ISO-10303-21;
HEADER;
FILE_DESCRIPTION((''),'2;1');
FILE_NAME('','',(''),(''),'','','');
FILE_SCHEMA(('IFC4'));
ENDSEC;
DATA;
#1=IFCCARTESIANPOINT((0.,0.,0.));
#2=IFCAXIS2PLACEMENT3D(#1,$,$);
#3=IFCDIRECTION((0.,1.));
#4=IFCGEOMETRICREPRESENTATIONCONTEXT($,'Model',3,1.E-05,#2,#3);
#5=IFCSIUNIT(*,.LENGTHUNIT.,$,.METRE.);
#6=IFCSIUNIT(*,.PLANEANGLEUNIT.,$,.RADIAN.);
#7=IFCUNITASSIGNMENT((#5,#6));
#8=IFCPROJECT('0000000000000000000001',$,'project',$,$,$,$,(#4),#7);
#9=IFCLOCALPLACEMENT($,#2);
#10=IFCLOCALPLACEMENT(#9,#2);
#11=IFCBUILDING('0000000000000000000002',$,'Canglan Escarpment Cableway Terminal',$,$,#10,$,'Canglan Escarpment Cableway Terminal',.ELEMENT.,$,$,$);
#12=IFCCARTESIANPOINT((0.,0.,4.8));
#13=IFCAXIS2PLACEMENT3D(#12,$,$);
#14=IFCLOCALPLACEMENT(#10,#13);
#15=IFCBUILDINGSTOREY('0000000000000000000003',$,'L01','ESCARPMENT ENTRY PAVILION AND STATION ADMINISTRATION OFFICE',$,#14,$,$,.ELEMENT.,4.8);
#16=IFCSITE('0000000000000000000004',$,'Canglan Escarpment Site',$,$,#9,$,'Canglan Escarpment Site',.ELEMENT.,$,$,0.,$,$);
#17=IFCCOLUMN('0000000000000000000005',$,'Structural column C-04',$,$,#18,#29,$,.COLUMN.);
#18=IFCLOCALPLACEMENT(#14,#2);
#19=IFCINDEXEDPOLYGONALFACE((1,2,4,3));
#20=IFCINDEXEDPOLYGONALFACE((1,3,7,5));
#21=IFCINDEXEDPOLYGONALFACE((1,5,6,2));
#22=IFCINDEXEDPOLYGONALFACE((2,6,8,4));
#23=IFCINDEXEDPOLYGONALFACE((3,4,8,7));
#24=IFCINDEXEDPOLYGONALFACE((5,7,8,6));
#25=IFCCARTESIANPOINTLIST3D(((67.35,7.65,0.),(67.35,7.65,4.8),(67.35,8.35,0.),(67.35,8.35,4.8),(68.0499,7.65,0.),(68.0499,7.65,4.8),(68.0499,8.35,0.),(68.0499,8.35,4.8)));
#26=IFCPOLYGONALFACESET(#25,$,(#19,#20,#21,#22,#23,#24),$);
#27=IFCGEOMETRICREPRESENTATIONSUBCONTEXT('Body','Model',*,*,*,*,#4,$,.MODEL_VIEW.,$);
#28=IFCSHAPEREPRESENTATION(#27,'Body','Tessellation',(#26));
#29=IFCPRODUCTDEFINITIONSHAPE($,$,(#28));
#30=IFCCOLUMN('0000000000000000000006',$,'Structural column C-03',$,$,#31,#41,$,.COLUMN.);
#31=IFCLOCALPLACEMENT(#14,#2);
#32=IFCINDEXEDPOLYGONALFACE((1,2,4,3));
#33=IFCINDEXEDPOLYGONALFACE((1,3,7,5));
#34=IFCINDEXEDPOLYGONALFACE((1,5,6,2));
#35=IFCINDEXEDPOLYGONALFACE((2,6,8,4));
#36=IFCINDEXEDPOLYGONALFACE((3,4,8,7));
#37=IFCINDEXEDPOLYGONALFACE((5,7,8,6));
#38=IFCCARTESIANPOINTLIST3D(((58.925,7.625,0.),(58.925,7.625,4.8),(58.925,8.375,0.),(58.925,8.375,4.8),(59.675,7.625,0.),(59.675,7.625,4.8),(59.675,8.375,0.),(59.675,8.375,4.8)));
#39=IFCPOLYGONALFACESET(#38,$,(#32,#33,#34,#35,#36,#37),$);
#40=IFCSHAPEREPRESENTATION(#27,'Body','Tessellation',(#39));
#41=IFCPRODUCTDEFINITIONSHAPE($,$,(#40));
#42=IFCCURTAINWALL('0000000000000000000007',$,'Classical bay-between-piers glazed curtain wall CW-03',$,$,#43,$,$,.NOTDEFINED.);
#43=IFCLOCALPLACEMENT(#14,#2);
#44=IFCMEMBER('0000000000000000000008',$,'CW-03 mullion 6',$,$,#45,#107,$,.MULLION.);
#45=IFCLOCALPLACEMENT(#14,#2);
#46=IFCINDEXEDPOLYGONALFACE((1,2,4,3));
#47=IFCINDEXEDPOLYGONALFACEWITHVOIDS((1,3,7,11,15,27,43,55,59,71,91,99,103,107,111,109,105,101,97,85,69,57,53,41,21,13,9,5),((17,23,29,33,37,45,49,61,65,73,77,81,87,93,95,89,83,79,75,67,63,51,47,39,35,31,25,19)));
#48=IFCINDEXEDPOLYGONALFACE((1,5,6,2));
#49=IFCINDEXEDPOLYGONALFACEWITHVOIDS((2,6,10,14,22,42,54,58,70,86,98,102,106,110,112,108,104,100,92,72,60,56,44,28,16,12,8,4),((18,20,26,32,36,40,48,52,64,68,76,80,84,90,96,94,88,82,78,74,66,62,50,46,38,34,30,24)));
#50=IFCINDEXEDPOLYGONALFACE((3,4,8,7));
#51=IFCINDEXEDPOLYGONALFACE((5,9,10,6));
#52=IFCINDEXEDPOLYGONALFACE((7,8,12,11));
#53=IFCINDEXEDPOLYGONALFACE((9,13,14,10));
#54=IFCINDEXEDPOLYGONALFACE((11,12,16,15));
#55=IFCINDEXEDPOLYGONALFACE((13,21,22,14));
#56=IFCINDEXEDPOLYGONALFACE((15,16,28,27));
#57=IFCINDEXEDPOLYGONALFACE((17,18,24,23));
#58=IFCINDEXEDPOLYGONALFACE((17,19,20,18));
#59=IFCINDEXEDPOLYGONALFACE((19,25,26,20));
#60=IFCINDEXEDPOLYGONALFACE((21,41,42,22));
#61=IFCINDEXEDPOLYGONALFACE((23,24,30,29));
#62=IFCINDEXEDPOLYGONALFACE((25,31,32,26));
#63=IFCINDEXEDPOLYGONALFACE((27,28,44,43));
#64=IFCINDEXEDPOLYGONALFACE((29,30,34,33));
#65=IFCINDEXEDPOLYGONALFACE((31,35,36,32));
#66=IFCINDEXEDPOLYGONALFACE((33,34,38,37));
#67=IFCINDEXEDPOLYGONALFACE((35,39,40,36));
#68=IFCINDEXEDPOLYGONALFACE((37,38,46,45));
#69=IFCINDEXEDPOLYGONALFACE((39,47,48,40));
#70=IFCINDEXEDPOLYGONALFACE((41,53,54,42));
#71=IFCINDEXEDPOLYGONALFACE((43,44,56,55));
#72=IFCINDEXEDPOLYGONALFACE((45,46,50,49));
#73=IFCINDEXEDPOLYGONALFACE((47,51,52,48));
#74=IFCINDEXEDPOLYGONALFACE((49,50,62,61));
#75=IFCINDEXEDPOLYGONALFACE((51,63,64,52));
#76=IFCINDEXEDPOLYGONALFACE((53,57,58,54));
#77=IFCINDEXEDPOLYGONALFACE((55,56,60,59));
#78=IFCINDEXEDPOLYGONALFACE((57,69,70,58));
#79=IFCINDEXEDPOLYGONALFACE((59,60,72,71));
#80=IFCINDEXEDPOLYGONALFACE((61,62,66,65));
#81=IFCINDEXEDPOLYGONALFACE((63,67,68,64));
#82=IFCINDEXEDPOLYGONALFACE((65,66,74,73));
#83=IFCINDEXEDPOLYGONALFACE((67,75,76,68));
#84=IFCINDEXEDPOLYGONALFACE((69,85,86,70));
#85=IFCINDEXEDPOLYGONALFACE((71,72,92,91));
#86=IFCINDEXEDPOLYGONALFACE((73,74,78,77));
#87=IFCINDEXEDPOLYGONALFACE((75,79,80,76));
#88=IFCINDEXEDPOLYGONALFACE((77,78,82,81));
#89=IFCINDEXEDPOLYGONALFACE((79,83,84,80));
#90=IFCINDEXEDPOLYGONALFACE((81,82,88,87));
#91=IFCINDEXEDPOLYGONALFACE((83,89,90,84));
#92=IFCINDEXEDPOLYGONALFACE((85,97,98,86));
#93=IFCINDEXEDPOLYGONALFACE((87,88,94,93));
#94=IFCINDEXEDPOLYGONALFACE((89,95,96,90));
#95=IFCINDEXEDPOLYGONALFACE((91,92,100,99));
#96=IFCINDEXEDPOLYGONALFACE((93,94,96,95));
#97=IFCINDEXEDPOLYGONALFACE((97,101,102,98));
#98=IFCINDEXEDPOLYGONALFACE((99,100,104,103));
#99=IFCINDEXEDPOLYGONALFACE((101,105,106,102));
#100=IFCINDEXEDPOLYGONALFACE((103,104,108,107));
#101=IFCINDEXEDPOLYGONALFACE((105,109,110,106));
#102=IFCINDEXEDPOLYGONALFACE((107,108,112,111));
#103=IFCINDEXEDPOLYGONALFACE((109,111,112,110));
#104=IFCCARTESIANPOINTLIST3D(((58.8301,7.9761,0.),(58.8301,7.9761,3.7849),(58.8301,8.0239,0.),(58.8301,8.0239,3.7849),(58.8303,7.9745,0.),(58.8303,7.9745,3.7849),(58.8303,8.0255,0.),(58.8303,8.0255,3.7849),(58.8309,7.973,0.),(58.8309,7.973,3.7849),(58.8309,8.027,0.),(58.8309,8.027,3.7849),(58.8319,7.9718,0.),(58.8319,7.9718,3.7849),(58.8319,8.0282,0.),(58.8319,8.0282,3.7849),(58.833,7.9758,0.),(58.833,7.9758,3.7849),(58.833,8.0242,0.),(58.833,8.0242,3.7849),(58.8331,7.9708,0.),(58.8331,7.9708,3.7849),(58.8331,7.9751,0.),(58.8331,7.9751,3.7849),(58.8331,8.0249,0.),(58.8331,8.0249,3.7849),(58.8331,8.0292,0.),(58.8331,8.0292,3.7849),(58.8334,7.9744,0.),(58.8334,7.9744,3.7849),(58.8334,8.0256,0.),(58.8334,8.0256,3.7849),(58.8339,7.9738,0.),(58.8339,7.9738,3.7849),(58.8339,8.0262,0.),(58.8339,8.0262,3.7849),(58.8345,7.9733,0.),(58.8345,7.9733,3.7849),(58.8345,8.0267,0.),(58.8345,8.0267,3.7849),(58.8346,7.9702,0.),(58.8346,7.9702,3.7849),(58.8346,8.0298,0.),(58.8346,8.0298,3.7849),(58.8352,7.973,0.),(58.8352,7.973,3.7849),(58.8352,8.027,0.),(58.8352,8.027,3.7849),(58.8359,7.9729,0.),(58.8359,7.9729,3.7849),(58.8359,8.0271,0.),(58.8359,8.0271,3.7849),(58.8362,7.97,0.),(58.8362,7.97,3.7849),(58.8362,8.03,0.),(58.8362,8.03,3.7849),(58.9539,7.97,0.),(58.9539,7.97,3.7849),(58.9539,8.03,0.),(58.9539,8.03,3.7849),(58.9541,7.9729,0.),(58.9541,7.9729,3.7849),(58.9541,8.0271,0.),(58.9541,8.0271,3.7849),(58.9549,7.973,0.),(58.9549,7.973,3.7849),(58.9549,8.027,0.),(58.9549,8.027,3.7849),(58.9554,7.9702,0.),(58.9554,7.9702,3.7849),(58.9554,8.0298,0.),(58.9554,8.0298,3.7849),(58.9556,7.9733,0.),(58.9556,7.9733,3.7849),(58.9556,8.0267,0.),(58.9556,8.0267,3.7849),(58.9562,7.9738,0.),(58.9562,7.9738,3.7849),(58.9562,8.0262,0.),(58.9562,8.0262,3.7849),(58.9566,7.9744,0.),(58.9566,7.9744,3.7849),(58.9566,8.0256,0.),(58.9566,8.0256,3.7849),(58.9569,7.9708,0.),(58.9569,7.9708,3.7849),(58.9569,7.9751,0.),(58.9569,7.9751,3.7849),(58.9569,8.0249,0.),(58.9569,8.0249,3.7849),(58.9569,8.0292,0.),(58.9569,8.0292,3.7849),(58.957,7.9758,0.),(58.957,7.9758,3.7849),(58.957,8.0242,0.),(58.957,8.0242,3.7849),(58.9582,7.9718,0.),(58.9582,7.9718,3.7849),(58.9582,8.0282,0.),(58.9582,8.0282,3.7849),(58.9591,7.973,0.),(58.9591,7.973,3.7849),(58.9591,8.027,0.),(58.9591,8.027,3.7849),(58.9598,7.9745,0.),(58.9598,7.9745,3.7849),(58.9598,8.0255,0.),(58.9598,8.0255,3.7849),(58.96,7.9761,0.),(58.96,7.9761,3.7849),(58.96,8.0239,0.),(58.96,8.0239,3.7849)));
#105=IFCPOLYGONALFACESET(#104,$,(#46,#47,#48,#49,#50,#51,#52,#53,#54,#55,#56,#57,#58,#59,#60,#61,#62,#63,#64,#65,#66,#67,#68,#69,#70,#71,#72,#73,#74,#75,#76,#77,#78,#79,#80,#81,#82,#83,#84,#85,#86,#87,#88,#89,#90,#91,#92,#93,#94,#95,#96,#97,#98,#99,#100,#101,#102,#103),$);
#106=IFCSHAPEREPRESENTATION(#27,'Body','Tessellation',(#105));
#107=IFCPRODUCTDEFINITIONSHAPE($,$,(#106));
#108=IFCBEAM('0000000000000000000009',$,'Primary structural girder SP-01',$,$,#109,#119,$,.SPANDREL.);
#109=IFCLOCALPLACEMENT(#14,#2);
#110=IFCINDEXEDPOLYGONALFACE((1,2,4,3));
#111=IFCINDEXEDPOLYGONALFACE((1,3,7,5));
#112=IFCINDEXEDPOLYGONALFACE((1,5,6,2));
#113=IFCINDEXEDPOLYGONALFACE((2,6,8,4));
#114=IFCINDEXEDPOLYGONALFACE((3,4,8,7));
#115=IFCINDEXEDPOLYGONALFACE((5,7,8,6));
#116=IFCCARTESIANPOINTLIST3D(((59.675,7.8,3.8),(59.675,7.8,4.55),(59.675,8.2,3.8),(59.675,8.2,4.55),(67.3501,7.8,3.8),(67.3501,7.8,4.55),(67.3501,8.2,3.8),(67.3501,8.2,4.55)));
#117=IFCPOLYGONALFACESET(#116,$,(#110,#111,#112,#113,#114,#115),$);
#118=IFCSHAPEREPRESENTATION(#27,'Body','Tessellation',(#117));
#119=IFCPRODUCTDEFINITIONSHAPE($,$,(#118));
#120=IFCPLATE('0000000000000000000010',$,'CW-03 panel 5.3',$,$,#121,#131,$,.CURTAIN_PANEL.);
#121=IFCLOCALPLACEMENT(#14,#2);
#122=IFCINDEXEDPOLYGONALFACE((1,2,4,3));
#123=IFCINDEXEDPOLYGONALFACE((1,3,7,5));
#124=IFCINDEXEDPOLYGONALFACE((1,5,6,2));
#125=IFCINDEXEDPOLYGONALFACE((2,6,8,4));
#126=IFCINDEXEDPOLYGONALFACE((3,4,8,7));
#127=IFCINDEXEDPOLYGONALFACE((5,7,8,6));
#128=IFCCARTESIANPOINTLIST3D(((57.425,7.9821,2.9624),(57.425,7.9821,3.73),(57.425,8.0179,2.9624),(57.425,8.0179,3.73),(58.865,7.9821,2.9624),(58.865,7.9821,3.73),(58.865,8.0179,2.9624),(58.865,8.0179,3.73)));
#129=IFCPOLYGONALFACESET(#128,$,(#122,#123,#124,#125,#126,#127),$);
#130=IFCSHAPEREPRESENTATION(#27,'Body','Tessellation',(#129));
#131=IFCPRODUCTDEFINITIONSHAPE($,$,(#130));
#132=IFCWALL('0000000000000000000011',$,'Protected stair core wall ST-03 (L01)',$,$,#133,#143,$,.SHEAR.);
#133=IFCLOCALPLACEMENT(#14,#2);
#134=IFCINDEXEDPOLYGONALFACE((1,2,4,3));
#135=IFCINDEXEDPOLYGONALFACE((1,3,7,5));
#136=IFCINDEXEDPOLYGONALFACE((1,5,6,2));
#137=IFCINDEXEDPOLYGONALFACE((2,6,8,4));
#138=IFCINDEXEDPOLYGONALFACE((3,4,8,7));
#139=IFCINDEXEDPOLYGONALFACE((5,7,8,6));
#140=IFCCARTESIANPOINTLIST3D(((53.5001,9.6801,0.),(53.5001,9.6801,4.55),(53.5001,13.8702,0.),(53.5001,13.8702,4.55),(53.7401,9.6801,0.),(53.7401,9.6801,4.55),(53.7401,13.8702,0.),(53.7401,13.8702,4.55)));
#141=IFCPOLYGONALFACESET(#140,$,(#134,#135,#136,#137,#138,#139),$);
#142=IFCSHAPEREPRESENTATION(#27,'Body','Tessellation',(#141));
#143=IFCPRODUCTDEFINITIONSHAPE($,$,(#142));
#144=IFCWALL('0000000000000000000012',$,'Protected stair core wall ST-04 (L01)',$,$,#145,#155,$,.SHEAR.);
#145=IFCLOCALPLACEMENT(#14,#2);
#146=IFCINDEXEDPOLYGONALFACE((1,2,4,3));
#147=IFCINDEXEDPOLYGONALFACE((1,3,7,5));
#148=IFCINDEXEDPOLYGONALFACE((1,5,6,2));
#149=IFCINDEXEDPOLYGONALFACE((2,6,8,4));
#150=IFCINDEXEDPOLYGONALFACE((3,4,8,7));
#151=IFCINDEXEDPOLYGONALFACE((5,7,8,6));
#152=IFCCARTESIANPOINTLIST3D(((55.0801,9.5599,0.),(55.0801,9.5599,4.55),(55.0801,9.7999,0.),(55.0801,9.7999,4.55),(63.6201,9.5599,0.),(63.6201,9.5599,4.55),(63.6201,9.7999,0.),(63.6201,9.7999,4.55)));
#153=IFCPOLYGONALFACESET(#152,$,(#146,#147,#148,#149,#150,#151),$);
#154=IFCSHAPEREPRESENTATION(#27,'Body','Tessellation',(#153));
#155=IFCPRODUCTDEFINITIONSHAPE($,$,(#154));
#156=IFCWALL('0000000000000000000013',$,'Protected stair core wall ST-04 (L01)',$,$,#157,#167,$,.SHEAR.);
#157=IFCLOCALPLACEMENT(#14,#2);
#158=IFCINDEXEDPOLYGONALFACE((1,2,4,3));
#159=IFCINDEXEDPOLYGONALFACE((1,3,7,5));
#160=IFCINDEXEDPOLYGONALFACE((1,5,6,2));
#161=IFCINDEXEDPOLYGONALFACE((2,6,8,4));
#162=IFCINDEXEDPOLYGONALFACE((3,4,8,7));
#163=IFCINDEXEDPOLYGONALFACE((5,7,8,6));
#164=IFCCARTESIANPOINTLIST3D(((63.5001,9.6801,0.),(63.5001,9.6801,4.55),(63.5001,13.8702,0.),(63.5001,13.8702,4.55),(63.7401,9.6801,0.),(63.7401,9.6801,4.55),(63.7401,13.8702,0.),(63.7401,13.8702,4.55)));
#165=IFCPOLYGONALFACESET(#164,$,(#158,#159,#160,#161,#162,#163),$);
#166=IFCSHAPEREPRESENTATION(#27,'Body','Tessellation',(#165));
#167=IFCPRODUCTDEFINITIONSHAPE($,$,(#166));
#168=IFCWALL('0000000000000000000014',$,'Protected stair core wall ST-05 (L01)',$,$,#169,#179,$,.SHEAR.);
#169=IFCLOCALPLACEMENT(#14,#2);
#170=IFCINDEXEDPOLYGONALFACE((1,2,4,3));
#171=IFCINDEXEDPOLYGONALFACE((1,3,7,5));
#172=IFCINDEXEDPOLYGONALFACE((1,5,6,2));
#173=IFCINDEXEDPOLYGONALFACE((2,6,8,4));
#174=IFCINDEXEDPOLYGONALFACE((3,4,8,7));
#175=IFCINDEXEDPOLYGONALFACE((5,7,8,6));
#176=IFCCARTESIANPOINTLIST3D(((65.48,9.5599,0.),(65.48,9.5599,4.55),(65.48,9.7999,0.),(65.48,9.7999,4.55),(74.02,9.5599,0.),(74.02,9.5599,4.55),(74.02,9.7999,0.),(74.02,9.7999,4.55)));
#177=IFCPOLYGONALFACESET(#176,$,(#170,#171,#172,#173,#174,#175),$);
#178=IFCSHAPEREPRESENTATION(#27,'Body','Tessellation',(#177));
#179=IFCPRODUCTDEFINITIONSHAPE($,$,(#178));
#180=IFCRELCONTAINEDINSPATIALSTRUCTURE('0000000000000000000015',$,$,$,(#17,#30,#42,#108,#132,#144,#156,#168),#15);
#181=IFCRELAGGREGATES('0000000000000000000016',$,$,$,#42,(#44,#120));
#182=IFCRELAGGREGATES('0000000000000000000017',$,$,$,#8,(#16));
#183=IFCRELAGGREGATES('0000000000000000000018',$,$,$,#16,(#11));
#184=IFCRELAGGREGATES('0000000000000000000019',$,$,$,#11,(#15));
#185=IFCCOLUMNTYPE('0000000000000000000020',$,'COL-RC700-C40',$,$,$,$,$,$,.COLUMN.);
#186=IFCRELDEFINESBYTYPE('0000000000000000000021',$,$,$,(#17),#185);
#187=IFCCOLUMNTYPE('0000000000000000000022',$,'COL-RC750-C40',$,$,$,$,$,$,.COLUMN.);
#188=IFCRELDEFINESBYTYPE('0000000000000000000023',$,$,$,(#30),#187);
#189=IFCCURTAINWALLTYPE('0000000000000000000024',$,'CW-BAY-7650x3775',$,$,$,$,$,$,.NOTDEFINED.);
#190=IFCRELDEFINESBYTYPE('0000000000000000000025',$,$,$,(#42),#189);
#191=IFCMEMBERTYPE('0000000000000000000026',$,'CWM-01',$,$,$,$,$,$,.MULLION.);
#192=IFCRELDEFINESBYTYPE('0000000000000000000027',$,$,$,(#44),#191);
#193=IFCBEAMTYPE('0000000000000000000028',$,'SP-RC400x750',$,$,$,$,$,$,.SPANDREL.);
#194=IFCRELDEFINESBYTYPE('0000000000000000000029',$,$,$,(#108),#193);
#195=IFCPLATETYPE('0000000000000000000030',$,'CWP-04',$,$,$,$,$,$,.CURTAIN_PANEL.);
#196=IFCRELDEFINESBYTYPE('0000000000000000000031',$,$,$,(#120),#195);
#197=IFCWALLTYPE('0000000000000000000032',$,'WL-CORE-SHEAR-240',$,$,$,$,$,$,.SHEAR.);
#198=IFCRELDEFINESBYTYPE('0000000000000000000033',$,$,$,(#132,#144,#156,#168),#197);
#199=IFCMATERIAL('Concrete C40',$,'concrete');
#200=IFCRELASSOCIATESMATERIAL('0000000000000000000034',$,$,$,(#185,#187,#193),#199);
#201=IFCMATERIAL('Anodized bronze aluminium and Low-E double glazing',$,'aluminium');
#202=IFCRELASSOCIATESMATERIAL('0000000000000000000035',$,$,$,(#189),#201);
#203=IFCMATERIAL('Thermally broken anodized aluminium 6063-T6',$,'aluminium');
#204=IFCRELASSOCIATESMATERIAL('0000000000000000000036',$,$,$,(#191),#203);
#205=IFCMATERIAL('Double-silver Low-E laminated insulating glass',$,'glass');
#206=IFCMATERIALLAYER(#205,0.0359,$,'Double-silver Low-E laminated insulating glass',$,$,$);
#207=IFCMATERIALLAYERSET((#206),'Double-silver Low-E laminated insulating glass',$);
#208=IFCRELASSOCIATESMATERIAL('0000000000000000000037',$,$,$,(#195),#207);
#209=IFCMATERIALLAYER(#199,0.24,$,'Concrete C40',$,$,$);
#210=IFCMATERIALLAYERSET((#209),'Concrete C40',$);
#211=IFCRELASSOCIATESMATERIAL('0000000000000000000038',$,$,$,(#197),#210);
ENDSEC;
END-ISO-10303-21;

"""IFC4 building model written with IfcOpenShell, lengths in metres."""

from ifc_helpers import new_model, si_unit, direction, frame, frame_2d, origin, origin_2d, place, context, subcontext, project, spatial, rectangle, hollow_rectangle, extrude, material, layer, layer_set, material_profile, profile_set, type_object, element, aggregate, save


model = new_model("IFC4")

# Units and contexts
model_context = context("Model", 3, precision=1e-05, world=origin(), true_north=direction((0.0, 1.0)))
body_context = subcontext(model_context, "Body", "Model", "MODEL_VIEW")
ifc_project = project(units=[si_unit("LENGTHUNIT", "METRE"), si_unit("PLANEANGLEUNIT", "RADIAN")], contexts=[model_context])

# Site, building, storey
site_placement = place(None, origin())
site = spatial("IfcSite", under=ifc_project, at=site_placement, Name="Canglan Escarpment Site", LongName="Canglan Escarpment Site", CompositionType="ELEMENT", RefElevation=0.0)
building_placement = place(site_placement, origin())
building = spatial("IfcBuilding", under=site, at=building_placement, Name="Canglan Escarpment Cableway Terminal", LongName="Canglan Escarpment Cableway Terminal", CompositionType="ELEMENT")
storey_placement = place(building_placement, frame((0.0, 0.0, 4.8)))
storey = spatial("IfcBuildingStorey", under=building, at=storey_placement, Name="L01", Description="ESCARPMENT ENTRY PAVILION AND STATION ADMINISTRATION OFFICE", CompositionType="ELEMENT", Elevation=4.8)

# Columns
ifc_material_1 = material(Name="Concrete C40", Category="concrete")
ifc_material_profile_1 = material_profile(ifc_material_1, rectangle(XDim=0.7, YDim=0.7, at=origin_2d()), Name="RC 700x700")
ifc_profile_set_1 = profile_set([ifc_material_profile_1], Name="Concrete C40")
column_type_1 = type_object("IfcColumnType", Name="COL-RC700-C40", PredefinedType="COLUMN", material=ifc_profile_set_1)
column_1_placement = place(storey_placement, frame((67.7, 8.0, 0.0), z_axis=(0.0, 0.0, 1.0), x_axis=(1.0, 0.0, 0.0)))
element("IfcColumn", 1, at=column_1_placement, inside=storey, type_object=column_type_1, Name="Structural column C-04", PredefinedType="COLUMN", context=body_context, shape_type="SweptSolid", body=[
    extrude(rectangle(XDim=0.7, YDim=0.7, at=origin_2d()), origin(), (0.0, 0.0, 1.0), 4.8),
])
ifc_material_profile_2 = material_profile(ifc_material_1, rectangle(XDim=0.75, YDim=0.75, at=origin_2d()), Name="RC 750x750")
ifc_profile_set_2 = profile_set([ifc_material_profile_2], Name="Concrete C40")
column_type_2 = type_object("IfcColumnType", Name="COL-RC750-C40", PredefinedType="COLUMN", material=ifc_profile_set_2)
column_2_placement = place(storey_placement, frame((59.3, 8.0, 0.0), z_axis=(0.0, 0.0, 1.0), x_axis=(1.0, 0.0, 0.0)))
element("IfcColumn", 2, at=column_2_placement, inside=storey, type_object=column_type_2, Name="Structural column C-03", PredefinedType="COLUMN", context=body_context, shape_type="SweptSolid", body=[
    extrude(rectangle(XDim=0.75, YDim=0.75, at=origin_2d()), origin(), (0.0, 0.0, 1.0), 4.8),
])

# Curtain wall, member
ifc_material_2 = material(Name="Anodized bronze aluminium and Low-E double glazing", Category="aluminium")
curtain_wall_type = type_object("IfcCurtainWallType", Name="CW-BAY-7650x3775", PredefinedType="NOTDEFINED", material=ifc_material_2)
curtain_wall_placement = place(storey_placement, origin())
curtain_wall = element("IfcCurtainWall", 3, at=curtain_wall_placement, inside=storey, type_object=curtain_wall_type, Name="Classical bay-between-piers glazed curtain wall CW-03", PredefinedType="NOTDEFINED")
ifc_material_3 = material(Name="Thermally broken anodized aluminium 6063-T6", Category="aluminium")
ifc_material_profile_3 = material_profile(ifc_material_3, hollow_rectangle(XDim=0.0601, YDim=0.1299, WallThickness=0.0029, InnerFilletRadius=0.0029, OuterFilletRadius=0.0061, at=origin_2d()), Name="ALU-MULL 60x130x3")
ifc_profile_set_3 = profile_set([ifc_material_profile_3], Name="Thermally broken anodized aluminium 6063-T6")
member_type = type_object("IfcMemberType", Name="CWM-01", PredefinedType="MULLION", material=ifc_profile_set_3)
member_placement = place(storey_placement, frame((58.895, 8.0, 0.0), z_axis=(0.0, 0.0, 1.0), x_axis=(0.0, 1.0, 0.0)))
member = element("IfcMember", 4, at=member_placement, type_object=member_type, Name="CW-03 mullion 6", PredefinedType="MULLION", context=body_context, shape_type="SweptSolid", body=[
    extrude(hollow_rectangle(XDim=0.0601, YDim=0.1299, WallThickness=0.0029, InnerFilletRadius=0.0029, OuterFilletRadius=0.0061, at=origin_2d()), origin(), (0.0, 0.0, 1.0), 3.7849),
])

# Beam
ifc_material_profile_4 = material_profile(ifc_material_1, rectangle(XDim=0.3999, YDim=0.75, at=origin_2d()), Name="RC 400x750")
ifc_profile_set_4 = profile_set([ifc_material_profile_4], Name="Concrete C40")
beam_type = type_object("IfcBeamType", Name="SP-RC400x750", PredefinedType="SPANDREL", material=ifc_profile_set_4)
beam_placement = place(storey_placement, frame((59.675, 8.0, 4.175), z_axis=(1.0, 0.0, 0.0), x_axis=(0.0, 1.0, 0.0)))
element("IfcBeam", 5, at=beam_placement, inside=storey, type_object=beam_type, Name="Primary structural girder SP-01", PredefinedType="SPANDREL", context=body_context, shape_type="SweptSolid", body=[
    extrude(rectangle(XDim=0.3999, YDim=0.75, at=origin_2d()), origin(), (0.0, 0.0, 1.0), 7.675),
])

# Plate
ifc_material_4 = material(Name="Double-silver Low-E laminated insulating glass", Category="glass")
ifc_layer_1 = layer(ifc_material_4, 0.0359, Name="Double-silver Low-E laminated insulating glass")
ifc_layer_set_1 = layer_set([ifc_layer_1], Name="Double-silver Low-E laminated insulating glass")
plate_type = type_object("IfcPlateType", Name="CWP-04", PredefinedType="CURTAIN_PANEL", material=ifc_layer_set_1)
plate_placement = place(storey_placement, frame((58.145, 8.0, 2.9624), z_axis=(0.0, 0.0, 1.0), x_axis=(1.0, 0.0, 0.0)))
plate = element("IfcPlate", 6, at=plate_placement, type_object=plate_type, Name="CW-03 panel 5.3", PredefinedType="CURTAIN_PANEL", context=body_context, shape_type="SweptSolid", body=[
    extrude(rectangle(XDim=1.4399, YDim=0.0359, at=origin_2d()), origin(), (0.0, 0.0, 1.0), 0.7676),
])
aggregate(curtain_wall, [member, plate])

# Walls
ifc_layer_2 = layer(ifc_material_1, 0.24, Name="Concrete C40")
ifc_layer_set_2 = layer_set([ifc_layer_2], Name="Concrete C40")
wall_type_1 = type_object("IfcWallType", Name="WL-CORE-SHEAR-240", PredefinedType="SHEAR", material=ifc_layer_set_2)
wall_1_placement = place(storey_placement, frame((53.6201, 9.6799, 0.0), z_axis=(0.0, 0.0, 1.0), x_axis=(0.0, 1.0, 0.0)))
element("IfcWall", 7, at=wall_1_placement, inside=storey, type_object=wall_type_1, Name="Protected stair core wall ST-03 (L01)", PredefinedType="SHEAR", context=body_context, shape_type="SweptSolid", body=[
    extrude(rectangle(XDim=4.1902, YDim=0.24, at=frame_2d((2.0952, 0.0))), origin(), (0.0, 0.0, 1.0), 4.55),
])
wall_2_placement = place(storey_placement, frame((55.0801, 9.6799, 0.0), z_axis=(0.0, 0.0, 1.0), x_axis=(1.0, 0.0, 0.0)))
element("IfcWall", 8, at=wall_2_placement, inside=storey, type_object=wall_type_1, Name="Protected stair core wall ST-04 (L01)", PredefinedType="SHEAR", context=body_context, shape_type="SweptSolid", body=[
    extrude(rectangle(XDim=8.54, YDim=0.24, at=frame_2d((4.27, 0.0))), origin(), (0.0, 0.0, 1.0), 4.55),
])
wall_3_placement = place(storey_placement, frame((63.6201, 9.6799, 0.0), z_axis=(0.0, 0.0, 1.0), x_axis=(0.0, 1.0, 0.0)))
element("IfcWall", 9, at=wall_3_placement, inside=storey, type_object=wall_type_1, Name="Protected stair core wall ST-04 (L01)", PredefinedType="SHEAR", context=body_context, shape_type="SweptSolid", body=[
    extrude(rectangle(XDim=4.1902, YDim=0.24, at=frame_2d((2.0952, 0.0))), origin(), (0.0, 0.0, 1.0), 4.55),
])
wall_4_placement = place(storey_placement, frame((65.48, 9.6799, 0.0), z_axis=(0.0, 0.0, 1.0), x_axis=(1.0, 0.0, 0.0)))
element("IfcWall", 10, at=wall_4_placement, inside=storey, type_object=wall_type_1, Name="Protected stair core wall ST-05 (L01)", PredefinedType="SHEAR", context=body_context, shape_type="SweptSolid", body=[
    extrude(rectangle(XDim=8.54, YDim=0.24, at=frame_2d((4.27, 0.0))), origin(), (0.0, 0.0, 1.0), 4.55),
])

save(model, "model.ifc")
